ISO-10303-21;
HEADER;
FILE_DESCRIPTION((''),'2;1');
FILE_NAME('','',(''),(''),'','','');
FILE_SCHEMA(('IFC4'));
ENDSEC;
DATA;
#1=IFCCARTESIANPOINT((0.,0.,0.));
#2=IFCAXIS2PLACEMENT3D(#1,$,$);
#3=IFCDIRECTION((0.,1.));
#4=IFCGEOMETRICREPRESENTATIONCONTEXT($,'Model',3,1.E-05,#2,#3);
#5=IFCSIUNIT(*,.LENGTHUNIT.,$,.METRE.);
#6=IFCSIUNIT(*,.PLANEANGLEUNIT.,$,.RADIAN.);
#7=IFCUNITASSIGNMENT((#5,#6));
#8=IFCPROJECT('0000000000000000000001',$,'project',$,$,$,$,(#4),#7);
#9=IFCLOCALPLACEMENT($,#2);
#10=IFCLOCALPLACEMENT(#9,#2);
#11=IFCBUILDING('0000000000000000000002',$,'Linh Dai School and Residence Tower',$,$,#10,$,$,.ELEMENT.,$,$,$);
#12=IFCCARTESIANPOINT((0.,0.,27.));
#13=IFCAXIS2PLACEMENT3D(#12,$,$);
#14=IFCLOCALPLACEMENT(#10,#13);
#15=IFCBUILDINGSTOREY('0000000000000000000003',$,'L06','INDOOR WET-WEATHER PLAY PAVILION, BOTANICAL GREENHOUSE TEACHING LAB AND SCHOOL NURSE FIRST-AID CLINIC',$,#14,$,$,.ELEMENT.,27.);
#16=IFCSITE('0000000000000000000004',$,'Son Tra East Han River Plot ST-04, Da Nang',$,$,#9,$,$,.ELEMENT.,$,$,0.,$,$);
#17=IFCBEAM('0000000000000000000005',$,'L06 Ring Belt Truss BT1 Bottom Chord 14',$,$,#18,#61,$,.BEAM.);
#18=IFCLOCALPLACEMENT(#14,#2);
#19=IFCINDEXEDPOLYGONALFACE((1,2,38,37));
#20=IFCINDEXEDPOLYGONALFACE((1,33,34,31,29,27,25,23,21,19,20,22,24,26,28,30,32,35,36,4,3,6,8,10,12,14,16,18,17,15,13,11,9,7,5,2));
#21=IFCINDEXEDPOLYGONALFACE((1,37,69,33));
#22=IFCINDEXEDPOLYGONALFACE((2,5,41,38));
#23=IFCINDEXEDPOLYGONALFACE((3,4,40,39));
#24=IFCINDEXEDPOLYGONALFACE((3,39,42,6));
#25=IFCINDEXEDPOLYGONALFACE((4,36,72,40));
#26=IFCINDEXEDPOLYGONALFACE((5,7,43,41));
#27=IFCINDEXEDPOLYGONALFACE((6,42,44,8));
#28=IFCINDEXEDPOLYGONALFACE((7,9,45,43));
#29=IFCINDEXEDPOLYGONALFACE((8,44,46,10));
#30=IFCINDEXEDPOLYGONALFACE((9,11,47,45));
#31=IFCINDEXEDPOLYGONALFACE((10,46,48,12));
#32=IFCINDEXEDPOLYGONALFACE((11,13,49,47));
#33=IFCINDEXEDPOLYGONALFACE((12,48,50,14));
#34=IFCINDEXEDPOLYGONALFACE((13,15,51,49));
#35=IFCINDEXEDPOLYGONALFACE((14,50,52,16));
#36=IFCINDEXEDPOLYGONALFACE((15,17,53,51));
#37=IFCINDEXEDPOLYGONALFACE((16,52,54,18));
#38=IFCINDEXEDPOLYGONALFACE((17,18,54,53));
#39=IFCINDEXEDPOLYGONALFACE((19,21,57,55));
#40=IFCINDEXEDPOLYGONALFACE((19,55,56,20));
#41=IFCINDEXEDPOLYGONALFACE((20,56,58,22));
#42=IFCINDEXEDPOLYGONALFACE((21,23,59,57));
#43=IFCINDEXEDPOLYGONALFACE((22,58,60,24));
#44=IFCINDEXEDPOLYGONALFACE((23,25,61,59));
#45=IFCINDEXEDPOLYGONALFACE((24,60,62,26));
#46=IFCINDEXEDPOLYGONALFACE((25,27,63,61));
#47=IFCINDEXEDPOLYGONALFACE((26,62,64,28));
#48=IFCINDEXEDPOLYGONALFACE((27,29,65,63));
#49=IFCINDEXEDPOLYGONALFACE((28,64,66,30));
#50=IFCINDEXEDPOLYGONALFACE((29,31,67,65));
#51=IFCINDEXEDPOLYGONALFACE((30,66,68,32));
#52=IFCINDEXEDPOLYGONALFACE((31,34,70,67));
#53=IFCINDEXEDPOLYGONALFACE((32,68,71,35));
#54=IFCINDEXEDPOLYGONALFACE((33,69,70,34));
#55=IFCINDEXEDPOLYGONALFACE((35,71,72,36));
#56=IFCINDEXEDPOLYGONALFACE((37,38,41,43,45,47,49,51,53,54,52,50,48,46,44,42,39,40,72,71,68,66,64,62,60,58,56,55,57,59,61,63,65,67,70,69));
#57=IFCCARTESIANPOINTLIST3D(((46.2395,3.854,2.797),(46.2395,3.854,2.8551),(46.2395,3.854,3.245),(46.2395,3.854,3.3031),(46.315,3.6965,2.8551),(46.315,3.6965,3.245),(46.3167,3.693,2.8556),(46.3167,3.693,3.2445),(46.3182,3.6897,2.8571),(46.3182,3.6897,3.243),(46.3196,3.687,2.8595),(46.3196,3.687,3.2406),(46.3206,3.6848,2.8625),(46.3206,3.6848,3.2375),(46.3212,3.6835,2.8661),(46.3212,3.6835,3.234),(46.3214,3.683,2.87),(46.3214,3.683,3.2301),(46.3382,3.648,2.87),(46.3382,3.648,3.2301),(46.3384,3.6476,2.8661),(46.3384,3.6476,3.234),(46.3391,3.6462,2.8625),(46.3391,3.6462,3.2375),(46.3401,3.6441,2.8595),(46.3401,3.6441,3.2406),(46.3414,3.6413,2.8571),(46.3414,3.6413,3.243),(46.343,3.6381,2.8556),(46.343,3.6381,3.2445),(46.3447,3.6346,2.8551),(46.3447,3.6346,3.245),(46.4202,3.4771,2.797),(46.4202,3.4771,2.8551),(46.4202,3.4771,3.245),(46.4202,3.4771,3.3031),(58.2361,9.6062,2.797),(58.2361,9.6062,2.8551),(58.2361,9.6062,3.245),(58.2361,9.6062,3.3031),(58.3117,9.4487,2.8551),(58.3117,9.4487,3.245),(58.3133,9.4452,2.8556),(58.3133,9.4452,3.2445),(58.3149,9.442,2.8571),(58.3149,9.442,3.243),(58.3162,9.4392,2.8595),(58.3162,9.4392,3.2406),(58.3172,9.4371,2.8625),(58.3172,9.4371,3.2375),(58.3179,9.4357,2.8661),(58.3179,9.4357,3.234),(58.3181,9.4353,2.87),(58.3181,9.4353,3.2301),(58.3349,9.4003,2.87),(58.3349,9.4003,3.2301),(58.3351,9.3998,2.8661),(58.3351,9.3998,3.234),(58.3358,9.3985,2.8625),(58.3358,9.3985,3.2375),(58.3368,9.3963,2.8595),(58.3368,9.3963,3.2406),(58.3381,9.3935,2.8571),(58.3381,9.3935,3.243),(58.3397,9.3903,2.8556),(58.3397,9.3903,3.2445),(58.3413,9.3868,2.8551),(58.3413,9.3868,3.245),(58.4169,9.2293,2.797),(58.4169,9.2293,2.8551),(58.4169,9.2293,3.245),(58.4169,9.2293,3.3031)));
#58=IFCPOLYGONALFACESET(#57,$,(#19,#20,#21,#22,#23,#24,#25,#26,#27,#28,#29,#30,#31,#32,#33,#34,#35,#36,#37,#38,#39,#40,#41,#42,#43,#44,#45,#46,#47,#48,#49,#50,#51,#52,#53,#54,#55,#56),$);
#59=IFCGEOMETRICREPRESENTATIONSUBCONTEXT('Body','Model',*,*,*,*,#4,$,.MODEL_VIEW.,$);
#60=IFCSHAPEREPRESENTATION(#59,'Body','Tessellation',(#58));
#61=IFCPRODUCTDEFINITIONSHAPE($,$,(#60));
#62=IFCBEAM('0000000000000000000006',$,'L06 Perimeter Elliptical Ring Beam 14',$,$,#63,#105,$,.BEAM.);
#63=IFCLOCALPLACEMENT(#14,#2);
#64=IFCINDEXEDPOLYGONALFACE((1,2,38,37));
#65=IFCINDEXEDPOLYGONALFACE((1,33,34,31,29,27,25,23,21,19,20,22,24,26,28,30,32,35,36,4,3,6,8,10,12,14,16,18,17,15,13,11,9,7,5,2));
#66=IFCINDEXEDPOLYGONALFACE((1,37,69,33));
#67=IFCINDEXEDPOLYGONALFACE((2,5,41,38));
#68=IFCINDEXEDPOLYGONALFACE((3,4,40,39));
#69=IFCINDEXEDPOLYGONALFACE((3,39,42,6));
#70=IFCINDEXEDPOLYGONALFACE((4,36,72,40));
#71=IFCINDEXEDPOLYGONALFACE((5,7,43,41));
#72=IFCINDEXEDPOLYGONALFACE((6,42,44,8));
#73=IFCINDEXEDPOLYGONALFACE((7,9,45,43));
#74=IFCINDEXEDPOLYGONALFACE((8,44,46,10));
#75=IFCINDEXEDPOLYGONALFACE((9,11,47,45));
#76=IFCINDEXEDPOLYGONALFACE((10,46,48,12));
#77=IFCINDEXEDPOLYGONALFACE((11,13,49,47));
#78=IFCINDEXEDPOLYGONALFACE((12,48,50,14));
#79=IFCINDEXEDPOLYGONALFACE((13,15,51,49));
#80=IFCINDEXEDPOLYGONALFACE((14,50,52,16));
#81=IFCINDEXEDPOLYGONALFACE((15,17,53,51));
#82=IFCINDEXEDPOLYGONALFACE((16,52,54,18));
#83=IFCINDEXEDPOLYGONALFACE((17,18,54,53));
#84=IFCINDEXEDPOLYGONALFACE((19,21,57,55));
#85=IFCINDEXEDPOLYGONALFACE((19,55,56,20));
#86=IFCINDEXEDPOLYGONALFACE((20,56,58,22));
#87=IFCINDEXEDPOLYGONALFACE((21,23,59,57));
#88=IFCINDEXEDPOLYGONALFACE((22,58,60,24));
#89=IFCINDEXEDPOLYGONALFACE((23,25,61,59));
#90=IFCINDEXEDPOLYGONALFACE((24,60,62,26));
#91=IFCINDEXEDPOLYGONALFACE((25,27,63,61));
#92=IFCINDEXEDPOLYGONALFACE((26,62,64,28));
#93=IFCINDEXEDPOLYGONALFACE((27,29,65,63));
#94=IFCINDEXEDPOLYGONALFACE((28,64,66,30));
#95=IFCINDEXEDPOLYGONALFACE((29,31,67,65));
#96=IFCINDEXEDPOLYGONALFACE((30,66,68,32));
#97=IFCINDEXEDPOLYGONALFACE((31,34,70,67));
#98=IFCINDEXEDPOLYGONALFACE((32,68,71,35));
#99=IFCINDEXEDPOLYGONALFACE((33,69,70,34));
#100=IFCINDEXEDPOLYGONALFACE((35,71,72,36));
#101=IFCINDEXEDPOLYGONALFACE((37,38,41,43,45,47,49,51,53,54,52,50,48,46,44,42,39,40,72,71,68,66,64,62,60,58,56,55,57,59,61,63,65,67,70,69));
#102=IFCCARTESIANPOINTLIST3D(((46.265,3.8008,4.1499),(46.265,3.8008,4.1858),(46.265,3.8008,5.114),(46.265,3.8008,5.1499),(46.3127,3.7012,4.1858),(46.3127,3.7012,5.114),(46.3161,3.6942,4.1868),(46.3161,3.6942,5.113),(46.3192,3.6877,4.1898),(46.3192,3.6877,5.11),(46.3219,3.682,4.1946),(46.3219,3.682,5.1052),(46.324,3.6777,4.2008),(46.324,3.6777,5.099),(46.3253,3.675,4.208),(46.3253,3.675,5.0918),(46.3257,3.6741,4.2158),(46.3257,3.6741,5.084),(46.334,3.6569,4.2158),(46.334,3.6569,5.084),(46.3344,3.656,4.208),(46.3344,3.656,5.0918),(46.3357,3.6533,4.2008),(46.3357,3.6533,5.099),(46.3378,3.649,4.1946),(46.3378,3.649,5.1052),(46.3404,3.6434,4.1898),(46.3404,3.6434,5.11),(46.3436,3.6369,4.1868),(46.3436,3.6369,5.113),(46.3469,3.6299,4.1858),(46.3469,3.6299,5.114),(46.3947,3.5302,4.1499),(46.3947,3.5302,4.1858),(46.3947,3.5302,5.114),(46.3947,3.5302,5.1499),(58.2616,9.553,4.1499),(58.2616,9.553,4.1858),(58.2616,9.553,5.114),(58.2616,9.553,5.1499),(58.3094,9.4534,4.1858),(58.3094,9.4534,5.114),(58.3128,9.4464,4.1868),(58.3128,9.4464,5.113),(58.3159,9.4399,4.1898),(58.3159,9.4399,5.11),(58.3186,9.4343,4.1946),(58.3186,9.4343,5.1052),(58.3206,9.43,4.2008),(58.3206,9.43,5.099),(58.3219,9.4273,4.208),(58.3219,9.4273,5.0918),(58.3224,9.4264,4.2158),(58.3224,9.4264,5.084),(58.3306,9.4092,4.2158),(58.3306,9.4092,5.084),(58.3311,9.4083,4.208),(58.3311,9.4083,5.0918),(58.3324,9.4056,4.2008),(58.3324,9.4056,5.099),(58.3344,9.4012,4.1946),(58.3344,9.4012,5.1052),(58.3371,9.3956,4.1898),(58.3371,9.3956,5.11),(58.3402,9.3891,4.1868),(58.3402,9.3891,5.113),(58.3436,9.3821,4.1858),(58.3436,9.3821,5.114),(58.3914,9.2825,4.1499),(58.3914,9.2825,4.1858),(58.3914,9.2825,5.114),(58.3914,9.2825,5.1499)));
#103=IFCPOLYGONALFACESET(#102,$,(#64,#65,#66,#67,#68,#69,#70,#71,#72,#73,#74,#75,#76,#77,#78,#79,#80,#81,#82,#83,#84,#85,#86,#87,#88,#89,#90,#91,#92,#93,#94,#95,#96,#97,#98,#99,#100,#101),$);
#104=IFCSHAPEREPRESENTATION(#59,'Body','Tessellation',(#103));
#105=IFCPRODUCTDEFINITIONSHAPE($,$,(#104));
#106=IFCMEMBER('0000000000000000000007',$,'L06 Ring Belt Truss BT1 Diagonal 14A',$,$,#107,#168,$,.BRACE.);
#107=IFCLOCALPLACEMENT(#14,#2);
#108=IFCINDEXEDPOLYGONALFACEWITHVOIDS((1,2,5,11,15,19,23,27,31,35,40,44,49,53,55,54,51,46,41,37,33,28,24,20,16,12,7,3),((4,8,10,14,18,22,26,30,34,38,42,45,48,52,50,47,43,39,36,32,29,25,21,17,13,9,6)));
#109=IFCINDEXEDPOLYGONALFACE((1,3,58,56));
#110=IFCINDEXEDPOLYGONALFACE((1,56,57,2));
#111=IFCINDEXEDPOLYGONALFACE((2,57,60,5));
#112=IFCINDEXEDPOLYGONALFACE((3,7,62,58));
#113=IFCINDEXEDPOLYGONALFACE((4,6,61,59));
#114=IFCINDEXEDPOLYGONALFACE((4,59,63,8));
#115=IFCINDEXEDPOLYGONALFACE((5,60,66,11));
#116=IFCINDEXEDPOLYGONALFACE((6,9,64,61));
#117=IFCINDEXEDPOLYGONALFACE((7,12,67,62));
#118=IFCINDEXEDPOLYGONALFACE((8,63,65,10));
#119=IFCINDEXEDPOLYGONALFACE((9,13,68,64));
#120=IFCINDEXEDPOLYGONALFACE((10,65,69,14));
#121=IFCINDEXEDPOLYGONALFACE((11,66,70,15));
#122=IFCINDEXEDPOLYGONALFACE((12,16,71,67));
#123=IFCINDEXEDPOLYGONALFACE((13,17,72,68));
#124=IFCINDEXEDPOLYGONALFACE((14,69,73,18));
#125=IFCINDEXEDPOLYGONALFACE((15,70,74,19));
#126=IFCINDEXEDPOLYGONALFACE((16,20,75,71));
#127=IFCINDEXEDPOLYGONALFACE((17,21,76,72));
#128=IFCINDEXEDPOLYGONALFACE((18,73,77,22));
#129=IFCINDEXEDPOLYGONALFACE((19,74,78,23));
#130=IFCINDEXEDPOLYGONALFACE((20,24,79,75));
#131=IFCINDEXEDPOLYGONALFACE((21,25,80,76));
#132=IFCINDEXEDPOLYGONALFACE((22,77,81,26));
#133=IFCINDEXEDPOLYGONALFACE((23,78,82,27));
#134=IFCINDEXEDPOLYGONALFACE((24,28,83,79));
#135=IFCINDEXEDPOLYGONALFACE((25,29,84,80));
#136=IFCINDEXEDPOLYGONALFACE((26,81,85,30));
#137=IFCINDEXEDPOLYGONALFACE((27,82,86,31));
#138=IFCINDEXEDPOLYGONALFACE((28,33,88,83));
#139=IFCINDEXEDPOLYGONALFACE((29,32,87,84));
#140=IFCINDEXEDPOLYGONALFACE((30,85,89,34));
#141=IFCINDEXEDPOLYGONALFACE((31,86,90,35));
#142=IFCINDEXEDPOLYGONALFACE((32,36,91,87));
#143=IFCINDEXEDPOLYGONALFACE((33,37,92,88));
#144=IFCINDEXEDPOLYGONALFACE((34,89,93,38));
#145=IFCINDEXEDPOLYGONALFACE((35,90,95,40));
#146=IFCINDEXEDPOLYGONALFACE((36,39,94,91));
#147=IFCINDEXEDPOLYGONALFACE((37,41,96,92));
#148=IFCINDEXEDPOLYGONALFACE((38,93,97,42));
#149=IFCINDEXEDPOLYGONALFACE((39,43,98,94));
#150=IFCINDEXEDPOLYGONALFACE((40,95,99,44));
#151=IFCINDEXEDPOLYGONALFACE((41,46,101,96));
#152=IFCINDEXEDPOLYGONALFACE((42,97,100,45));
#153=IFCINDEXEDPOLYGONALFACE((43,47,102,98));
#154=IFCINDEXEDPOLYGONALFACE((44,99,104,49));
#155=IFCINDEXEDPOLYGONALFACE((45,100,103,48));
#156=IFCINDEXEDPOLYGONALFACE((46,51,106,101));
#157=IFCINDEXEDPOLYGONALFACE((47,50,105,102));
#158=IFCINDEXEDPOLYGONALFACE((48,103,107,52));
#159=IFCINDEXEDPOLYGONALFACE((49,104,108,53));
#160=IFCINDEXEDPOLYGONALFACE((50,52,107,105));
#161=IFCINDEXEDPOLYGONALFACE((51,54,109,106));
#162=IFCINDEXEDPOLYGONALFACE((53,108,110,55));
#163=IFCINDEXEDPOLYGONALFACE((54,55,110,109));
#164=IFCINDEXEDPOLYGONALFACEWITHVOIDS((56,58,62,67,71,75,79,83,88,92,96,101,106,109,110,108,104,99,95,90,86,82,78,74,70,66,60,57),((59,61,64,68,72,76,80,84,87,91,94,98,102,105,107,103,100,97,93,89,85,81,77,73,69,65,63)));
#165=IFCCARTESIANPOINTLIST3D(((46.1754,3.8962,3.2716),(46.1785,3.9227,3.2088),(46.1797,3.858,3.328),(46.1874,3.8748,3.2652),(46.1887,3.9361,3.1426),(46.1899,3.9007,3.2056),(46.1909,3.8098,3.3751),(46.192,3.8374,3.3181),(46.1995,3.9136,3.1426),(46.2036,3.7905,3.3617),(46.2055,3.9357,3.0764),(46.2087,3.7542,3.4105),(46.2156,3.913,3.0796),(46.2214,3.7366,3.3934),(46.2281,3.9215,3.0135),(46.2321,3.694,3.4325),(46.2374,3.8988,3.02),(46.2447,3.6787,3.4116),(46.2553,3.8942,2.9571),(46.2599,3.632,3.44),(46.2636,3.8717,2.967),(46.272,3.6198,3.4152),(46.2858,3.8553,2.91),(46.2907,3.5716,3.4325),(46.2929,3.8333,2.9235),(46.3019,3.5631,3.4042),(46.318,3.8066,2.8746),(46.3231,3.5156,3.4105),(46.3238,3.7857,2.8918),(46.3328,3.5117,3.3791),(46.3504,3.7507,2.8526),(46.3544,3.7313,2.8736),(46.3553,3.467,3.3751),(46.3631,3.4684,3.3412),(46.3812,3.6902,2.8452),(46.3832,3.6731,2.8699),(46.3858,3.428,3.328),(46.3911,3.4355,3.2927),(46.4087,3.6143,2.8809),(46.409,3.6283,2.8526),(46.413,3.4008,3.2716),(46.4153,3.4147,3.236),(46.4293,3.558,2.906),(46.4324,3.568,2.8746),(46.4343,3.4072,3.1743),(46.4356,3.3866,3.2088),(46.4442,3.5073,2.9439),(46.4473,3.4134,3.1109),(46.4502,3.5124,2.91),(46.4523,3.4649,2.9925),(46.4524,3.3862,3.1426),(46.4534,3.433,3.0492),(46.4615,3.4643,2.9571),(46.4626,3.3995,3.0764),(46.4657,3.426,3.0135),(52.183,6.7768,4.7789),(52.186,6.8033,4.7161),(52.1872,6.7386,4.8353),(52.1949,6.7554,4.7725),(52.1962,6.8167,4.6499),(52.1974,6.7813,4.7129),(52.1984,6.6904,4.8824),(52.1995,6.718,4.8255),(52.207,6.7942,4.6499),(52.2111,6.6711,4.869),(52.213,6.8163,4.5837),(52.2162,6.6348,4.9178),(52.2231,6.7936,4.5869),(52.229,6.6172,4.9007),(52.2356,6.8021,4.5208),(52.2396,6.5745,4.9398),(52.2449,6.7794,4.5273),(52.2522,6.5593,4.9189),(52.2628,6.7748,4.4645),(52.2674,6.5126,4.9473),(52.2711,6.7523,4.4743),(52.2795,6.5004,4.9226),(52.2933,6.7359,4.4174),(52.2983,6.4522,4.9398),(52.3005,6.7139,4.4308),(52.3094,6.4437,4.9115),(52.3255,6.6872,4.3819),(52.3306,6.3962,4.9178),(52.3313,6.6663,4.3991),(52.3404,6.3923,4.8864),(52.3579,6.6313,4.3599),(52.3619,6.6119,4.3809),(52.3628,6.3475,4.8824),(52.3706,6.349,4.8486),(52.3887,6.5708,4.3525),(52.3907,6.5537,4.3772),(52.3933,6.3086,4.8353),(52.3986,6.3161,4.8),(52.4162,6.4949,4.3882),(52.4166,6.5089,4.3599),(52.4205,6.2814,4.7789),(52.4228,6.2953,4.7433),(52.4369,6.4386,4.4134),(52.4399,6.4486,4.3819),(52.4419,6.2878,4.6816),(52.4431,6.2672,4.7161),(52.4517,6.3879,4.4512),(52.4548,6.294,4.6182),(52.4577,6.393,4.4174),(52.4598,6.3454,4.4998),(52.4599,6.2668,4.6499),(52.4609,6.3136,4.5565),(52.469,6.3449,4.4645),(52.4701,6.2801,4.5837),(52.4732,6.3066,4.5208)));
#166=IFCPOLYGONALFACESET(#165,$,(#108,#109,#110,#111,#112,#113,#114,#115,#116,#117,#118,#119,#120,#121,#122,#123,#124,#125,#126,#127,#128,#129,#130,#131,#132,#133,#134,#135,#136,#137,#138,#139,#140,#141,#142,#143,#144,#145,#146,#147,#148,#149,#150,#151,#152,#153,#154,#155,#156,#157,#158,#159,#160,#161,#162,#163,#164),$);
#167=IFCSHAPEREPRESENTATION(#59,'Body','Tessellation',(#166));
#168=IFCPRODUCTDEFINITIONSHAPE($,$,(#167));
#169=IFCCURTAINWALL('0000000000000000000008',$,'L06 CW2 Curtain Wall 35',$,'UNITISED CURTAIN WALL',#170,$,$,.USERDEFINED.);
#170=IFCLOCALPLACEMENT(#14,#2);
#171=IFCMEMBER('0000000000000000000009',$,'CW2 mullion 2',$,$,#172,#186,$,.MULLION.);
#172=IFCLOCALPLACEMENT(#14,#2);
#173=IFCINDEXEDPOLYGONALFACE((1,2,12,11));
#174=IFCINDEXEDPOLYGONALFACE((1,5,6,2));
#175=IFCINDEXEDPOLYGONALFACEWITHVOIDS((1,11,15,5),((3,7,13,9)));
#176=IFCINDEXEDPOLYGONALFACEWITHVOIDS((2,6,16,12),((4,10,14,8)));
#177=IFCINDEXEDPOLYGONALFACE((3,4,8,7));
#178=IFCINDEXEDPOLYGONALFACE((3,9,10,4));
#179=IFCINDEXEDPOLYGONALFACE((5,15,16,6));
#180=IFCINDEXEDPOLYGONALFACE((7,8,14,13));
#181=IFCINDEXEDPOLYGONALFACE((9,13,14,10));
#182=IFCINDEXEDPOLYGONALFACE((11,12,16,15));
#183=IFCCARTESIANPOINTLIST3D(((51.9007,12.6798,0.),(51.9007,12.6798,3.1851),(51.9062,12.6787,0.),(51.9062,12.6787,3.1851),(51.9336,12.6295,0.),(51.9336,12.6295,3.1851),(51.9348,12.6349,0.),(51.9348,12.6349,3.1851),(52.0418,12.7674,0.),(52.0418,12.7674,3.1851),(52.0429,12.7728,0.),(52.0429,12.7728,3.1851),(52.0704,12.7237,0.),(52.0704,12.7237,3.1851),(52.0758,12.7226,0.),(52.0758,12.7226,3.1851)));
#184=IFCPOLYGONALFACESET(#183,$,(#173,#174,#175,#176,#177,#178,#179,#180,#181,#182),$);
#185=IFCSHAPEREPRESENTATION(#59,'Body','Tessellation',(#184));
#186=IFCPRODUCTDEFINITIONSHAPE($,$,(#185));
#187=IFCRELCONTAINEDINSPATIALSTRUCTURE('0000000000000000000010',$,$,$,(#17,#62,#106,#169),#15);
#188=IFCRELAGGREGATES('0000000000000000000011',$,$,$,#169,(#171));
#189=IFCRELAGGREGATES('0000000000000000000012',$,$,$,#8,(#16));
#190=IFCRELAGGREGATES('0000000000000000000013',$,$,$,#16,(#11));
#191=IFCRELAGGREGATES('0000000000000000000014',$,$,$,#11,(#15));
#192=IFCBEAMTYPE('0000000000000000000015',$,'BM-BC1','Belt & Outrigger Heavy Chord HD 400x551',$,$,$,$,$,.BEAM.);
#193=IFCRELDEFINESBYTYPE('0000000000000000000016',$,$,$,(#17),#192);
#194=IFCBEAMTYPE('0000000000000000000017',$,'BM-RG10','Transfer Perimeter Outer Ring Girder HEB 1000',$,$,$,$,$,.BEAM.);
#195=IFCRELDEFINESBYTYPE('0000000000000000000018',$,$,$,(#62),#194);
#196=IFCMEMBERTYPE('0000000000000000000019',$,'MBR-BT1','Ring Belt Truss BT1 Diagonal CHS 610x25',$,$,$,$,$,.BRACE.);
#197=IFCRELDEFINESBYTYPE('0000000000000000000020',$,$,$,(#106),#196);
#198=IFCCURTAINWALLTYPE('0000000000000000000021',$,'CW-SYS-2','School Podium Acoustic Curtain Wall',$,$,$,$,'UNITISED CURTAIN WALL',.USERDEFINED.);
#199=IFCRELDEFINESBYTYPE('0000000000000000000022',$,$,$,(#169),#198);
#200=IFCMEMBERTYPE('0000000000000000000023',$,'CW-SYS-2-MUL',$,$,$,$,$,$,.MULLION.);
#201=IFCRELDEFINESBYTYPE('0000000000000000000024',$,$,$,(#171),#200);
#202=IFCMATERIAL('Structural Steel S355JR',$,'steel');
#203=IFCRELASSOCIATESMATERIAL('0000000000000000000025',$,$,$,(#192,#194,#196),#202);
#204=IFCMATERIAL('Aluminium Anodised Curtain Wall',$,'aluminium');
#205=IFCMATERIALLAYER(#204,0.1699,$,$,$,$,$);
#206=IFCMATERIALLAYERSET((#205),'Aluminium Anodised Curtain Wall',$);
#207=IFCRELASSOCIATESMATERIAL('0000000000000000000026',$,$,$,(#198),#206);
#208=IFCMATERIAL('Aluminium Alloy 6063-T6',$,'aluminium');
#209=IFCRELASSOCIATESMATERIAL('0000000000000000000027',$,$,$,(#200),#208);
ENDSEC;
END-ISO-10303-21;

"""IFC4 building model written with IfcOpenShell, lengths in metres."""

from ifc_helpers import new_model, si_unit, direction, frame, origin, origin_2d, place, context, subcontext, project, spatial, hollow_rectangle, hollow_circle, i_section, extrude, source, transform, mapped, material, layer, layer_set, material_profile, profile_set, type_object, element, aggregate, save


model = new_model("IFC4")

# Units and contexts
model_context = context("Model", 3, precision=1e-05, world=origin(), true_north=direction((0.0, 1.0)))
body_context = subcontext(model_context, "Body", "Model", "MODEL_VIEW")
ifc_project = project(units=[si_unit("LENGTHUNIT", "METRE"), si_unit("PLANEANGLEUNIT", "RADIAN")], contexts=[model_context])

# Site, building, storey
site_placement = place(None, origin())
site = spatial("IfcSite", under=ifc_project, at=site_placement, Name="Son Tra East Han River Plot ST-04, Da Nang", CompositionType="ELEMENT", RefElevation=0.0)
building_placement = place(site_placement, origin())
building = spatial("IfcBuilding", under=site, at=building_placement, Name="Linh Dai School and Residence Tower", CompositionType="ELEMENT")
storey_placement = place(building_placement, frame((0.0, 0.0, 27.0)))
storey = spatial("IfcBuildingStorey", under=building, at=storey_placement, Name="L06", Description="INDOOR WET-WEATHER PLAY PAVILION, BOTANICAL GREENHOUSE TEACHING LAB AND SCHOOL NURSE FIRST-AID CLINIC", CompositionType="ELEMENT", Elevation=27.0)

# Beams
ifc_material_1 = material(Name="Structural Steel S355JR", Category="steel")
ifc_material_profile_1 = material_profile(ifc_material_1, i_section(OverallWidth=0.418, OverallDepth=0.5061, WebThickness=0.0388, FlangeThickness=0.0581, FilletRadius=0.0149, at=origin_2d()), Name="HD 400x551")
ifc_profile_set_1 = profile_set([ifc_material_profile_1], Name="Structural Steel S355JR")
beam_type_1 = type_object("IfcBeamType", Name="BM-BC1", Description="Belt & Outrigger Heavy Chord HD 400x551", PredefinedType="BEAM", material=ifc_profile_set_1)
beam_1_placement = place(storey_placement, frame((46.3298, 3.6655, 3.05), z_axis=(0.901704, 0.432355, 0.0), x_axis=(-0.432355, 0.901704, 0.0)))
element("IfcBeam", 1, at=beam_1_placement, inside=storey, type_object=beam_type_1, Name="L06 Ring Belt Truss BT1 Bottom Chord 14", PredefinedType="BEAM", context=body_context, shape_type="SweptSolid", body=[
    extrude(i_section(OverallWidth=0.418, OverallDepth=0.5061, WebThickness=0.0388, FlangeThickness=0.0581, FilletRadius=0.0149, at=origin_2d()), origin(), (0.0, 0.0, 1.0), 13.3044),
])
ifc_material_profile_2 = material_profile(ifc_material_1, i_section(OverallWidth=0.3, OverallDepth=1.0, WebThickness=0.019, FlangeThickness=0.0359, FilletRadius=0.03, at=origin_2d()), Name="HEB 1000")
ifc_profile_set_2 = profile_set([ifc_material_profile_2], Name="Structural Steel S355JR")
beam_type_2 = type_object("IfcBeamType", Name="BM-RG10", Description="Transfer Perimeter Outer Ring Girder HEB 1000", PredefinedType="BEAM", material=ifc_profile_set_2)
beam_2_placement = place(storey_placement, frame((46.3298, 3.6655, 4.6499), z_axis=(0.901704, 0.432355, 0.0), x_axis=(-0.432355, 0.901704, 0.0)))
element("IfcBeam", 2, at=beam_2_placement, inside=storey, type_object=beam_type_2, Name="L06 Perimeter Elliptical Ring Beam 14", PredefinedType="BEAM", context=body_context, shape_type="SweptSolid", body=[
    extrude(i_section(OverallWidth=0.3, OverallDepth=1.0, WebThickness=0.019, FlangeThickness=0.0359, FilletRadius=0.03, at=origin_2d()), origin(), (0.0, 0.0, 1.0), 13.3044),
])

# Member
ifc_material_profile_3 = material_profile(ifc_material_1, hollow_circle(Radius=0.3049, WallThickness=0.0249, at=origin_2d()), Name="CHS 610x25")
ifc_profile_set_3 = profile_set([ifc_material_profile_3], Name="Structural Steel S355JR")
member_type_1 = type_object("IfcMemberType", Name="MBR-BT1", Description="Ring Belt Truss BT1 Diagonal CHS 610x25", PredefinedType="BRACE", material=ifc_profile_set_3)
member_1_placement = place(storey_placement, frame((46.3206, 3.6611, 3.1426), z_axis=(0.879473, 0.421705, 0.220663), x_axis=(-0.432363, 0.9017, 0.0)))
element("IfcMember", 3, at=member_1_placement, inside=storey, type_object=member_type_1, Name="L06 Ring Belt Truss BT1 Diagonal 14A", PredefinedType="BRACE", context=body_context, shape_type="SweptSolid", body=[
    extrude(hollow_circle(Radius=0.3049, WallThickness=0.0249, at=origin_2d()), origin(), (0.0, 0.0, 1.0), 6.8308),
])

# Curtain wall, member
ifc_material_2 = material(Name="Aluminium Anodised Curtain Wall", Category="aluminium")
ifc_layer_1 = layer(ifc_material_2, 0.1699)
ifc_layer_set_1 = layer_set([ifc_layer_1], Name="Aluminium Anodised Curtain Wall")
curtain_wall_type = type_object("IfcCurtainWallType", Name="CW-SYS-2", Description="School Podium Acoustic Curtain Wall", ElementType="UNITISED CURTAIN WALL", PredefinedType="USERDEFINED", material=ifc_layer_set_1)
curtain_wall_placement = place(storey_placement, origin())
curtain_wall = element("IfcCurtainWall", 4, at=curtain_wall_placement, inside=storey, type_object=curtain_wall_type, Name="L06 CW2 Curtain Wall 35", ObjectType="UNITISED CURTAIN WALL", PredefinedType="USERDEFINED")
ifc_material_3 = material(Name="Aluminium Alloy 6063-T6", Category="aluminium")
ifc_material_profile_4 = material_profile(ifc_material_3, hollow_rectangle(XDim=0.0601, YDim=0.1699, WallThickness=0.0039, at=origin_2d()), Name="RHS 170x60x4")
ifc_profile_set_4 = profile_set([ifc_material_profile_4], Name="Aluminium Alloy 6063-T6")
member_type_2 = type_object("IfcMemberType", Name="CW-SYS-2-MUL", PredefinedType="MULLION", material=ifc_profile_set_4)
shared_shape_1 = source(origin(), body_context, "Body", "SweptSolid", [
    extrude(hollow_rectangle(XDim=0.0601, YDim=0.1699, WallThickness=0.0039, at=origin_2d()), origin(), (0.0, 0.0, 1.0), 3.1851),
])
member_2_placement = place(storey_placement, frame((51.9883, 12.7012, 0.0), z_axis=(0.0, 0.0, 1.0), x_axis=(0.54753, -0.836786, 0.0)))
member_2 = element("IfcMember", 5, at=member_2_placement, type_object=member_type_2, Name="CW2 mullion 2", PredefinedType="MULLION", context=body_context, shape_type="MappedRepresentation", body=[
    mapped(shared_shape_1, transform((0.0, 0.0, 0.0), x_axis=(1.0, 0.0, 0.0), y_axis=(0.0, 1.0, 0.0), z_axis=(0.0, 0.0, 1.0), scale=1.0)),
])

aggregate(curtain_wall, [member_2])

save(model, "model.ifc")
